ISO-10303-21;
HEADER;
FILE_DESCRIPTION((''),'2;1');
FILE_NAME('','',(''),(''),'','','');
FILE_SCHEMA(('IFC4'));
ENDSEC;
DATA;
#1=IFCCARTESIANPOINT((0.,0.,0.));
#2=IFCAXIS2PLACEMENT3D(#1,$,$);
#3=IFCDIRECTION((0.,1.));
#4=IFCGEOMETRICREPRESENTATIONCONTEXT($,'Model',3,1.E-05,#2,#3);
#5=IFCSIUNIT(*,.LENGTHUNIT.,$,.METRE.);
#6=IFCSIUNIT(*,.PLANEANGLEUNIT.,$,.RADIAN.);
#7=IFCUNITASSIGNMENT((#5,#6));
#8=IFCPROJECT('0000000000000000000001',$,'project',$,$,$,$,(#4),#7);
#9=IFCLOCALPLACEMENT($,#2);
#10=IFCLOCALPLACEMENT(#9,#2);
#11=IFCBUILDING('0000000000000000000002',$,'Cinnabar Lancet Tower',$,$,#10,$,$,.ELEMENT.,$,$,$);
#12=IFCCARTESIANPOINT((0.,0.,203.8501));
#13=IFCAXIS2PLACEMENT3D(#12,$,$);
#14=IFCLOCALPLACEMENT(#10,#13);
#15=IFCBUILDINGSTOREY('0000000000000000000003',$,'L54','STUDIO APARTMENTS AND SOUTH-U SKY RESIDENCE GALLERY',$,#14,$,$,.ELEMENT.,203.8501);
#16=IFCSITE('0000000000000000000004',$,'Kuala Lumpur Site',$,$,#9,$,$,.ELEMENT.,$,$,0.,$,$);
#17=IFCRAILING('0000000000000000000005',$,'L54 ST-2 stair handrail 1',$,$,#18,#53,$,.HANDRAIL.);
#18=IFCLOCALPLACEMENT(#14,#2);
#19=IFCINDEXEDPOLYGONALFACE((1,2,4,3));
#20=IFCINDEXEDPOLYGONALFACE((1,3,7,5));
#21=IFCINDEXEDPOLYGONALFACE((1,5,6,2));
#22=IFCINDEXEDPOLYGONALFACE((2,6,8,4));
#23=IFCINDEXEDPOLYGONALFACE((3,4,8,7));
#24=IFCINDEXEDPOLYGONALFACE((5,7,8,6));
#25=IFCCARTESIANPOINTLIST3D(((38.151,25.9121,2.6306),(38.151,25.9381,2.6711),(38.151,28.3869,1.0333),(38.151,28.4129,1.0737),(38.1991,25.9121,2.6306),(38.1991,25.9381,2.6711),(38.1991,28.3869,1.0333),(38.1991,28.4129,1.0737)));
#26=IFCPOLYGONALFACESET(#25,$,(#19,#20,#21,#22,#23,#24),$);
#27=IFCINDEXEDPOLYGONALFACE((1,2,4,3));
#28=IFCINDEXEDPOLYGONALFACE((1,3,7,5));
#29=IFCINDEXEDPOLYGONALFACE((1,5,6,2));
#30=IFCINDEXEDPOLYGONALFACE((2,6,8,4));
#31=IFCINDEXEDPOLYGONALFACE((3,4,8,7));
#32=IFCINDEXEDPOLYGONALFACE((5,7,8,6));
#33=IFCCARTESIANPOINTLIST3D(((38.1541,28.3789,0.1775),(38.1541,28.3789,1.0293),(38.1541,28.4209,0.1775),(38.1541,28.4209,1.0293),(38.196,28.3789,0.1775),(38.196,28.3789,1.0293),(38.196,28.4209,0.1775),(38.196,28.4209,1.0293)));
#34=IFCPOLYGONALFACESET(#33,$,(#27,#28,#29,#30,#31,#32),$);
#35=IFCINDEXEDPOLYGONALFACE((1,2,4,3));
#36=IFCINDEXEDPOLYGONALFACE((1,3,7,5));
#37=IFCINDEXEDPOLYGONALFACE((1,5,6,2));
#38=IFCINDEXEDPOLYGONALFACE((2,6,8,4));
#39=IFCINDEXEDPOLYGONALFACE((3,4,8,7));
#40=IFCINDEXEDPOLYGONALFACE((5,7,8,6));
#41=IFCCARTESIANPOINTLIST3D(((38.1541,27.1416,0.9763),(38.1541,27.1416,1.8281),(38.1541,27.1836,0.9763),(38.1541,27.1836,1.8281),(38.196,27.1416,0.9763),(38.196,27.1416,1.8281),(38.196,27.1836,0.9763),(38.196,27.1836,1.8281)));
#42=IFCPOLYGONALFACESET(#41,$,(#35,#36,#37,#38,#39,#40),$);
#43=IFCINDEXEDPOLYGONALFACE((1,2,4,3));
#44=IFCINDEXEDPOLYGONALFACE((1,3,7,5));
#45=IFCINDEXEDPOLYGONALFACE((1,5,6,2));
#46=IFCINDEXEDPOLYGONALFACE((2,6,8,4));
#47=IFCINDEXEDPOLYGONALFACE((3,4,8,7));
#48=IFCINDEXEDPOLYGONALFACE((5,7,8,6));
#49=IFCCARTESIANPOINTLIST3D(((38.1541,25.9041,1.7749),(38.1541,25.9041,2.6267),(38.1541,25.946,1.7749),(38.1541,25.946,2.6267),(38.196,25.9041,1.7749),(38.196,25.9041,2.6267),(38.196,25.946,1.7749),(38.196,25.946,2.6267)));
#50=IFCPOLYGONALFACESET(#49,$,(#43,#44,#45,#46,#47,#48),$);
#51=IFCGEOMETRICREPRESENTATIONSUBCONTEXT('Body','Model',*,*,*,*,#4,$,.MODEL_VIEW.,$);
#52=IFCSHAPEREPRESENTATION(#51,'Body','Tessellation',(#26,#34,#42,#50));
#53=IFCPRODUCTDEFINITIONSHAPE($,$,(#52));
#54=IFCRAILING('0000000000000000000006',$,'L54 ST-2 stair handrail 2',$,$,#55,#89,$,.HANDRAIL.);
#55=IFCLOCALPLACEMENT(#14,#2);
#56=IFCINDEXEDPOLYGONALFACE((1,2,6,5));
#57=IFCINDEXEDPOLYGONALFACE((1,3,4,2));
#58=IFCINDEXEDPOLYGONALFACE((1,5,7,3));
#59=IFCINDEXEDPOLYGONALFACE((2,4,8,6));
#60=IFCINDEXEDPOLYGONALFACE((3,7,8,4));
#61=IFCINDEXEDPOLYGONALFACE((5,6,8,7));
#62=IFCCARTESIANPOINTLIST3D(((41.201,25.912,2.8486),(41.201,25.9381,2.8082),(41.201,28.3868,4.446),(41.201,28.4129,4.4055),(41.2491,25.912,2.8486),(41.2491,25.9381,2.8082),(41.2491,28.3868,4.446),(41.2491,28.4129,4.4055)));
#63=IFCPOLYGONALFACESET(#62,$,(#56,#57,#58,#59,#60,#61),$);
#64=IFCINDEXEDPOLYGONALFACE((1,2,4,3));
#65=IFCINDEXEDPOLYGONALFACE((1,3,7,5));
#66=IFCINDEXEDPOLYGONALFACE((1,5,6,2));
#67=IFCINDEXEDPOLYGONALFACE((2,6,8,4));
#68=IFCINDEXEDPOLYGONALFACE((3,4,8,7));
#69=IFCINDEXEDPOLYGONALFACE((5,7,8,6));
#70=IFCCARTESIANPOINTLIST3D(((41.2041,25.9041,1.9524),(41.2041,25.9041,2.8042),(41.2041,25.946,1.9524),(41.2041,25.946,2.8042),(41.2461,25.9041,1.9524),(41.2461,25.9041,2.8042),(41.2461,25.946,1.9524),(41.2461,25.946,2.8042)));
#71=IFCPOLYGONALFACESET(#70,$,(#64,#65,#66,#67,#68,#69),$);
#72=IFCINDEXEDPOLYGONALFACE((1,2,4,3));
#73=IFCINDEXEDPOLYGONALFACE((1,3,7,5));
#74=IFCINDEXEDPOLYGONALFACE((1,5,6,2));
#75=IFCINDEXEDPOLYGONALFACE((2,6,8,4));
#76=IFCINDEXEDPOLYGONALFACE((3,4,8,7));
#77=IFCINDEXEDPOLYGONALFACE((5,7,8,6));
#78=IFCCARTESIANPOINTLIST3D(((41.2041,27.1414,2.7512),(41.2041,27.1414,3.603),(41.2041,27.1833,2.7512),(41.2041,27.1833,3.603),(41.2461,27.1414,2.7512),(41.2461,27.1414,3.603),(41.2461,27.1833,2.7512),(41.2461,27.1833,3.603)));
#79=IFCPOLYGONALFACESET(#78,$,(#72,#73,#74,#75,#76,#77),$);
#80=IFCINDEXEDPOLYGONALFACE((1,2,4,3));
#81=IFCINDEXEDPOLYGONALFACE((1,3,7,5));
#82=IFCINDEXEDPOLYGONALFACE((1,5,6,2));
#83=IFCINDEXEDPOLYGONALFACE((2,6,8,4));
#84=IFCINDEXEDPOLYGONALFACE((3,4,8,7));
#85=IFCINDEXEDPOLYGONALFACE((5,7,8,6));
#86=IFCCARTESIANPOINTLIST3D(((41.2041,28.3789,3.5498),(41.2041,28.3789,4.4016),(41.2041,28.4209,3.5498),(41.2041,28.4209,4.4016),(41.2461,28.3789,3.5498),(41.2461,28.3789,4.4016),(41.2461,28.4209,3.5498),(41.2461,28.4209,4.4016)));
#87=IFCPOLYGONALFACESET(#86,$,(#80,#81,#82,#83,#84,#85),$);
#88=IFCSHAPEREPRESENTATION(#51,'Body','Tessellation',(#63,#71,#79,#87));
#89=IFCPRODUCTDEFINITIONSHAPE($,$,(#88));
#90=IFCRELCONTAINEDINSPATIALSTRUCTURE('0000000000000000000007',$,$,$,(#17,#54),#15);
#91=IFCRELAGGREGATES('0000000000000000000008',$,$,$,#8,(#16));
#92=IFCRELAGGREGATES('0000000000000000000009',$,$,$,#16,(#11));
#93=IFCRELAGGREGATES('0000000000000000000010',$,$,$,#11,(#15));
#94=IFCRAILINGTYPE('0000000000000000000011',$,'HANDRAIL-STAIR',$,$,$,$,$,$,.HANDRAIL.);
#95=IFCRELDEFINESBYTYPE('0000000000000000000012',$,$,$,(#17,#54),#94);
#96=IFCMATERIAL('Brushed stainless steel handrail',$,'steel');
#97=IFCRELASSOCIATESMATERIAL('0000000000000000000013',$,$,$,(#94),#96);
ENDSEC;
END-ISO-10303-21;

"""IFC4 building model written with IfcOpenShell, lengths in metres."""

from ifc_helpers import new_model, si_unit, direction, frame, origin, origin_2d, place, context, subcontext, project, spatial, rectangle, extrude, material, type_object, element, save


model = new_model("IFC4")

# Units and contexts
model_context = context("Model", 3, precision=1e-05, world=origin(), true_north=direction((0.0, 1.0)))
body_context = subcontext(model_context, "Body", "Model", "MODEL_VIEW")
ifc_project = project(units=[si_unit("LENGTHUNIT", "METRE"), si_unit("PLANEANGLEUNIT", "RADIAN")], contexts=[model_context])

# Site, building, storey
site_placement = place(None, origin())
site = spatial("IfcSite", under=ifc_project, at=site_placement, Name="Kuala Lumpur Site", CompositionType="ELEMENT", RefElevation=0.0)
building_placement = place(site_placement, origin())
building = spatial("IfcBuilding", under=site, at=building_placement, Name="Cinnabar Lancet Tower", CompositionType="ELEMENT")
storey_placement = place(building_placement, frame((0.0, 0.0, 203.8501)))
storey = spatial("IfcBuildingStorey", under=building, at=storey_placement, Name="L54", Description="STUDIO APARTMENTS AND SOUTH-U SKY RESIDENCE GALLERY", CompositionType="ELEMENT", Elevation=203.8501)

# Railings
ifc_material_1 = material(Name="Brushed stainless steel handrail", Category="steel")
railing_type_1 = type_object("IfcRailingType", Name="HANDRAIL-STAIR", PredefinedType="HANDRAIL", material=ifc_material_1)
railing_1_placement = place(storey_placement, frame((38.175, 28.3999, 0.1775)))
element("IfcRailing", 1, at=railing_1_placement, inside=storey, type_object=railing_type_1, Name="L54 ST-2 stair handrail 1", PredefinedType="HANDRAIL", context=body_context, shape_type="SweptSolid", body=[
    extrude(rectangle(XDim=0.0481, YDim=0.0481, at=origin_2d()), frame((0.0, 0.0, 0.876), z_axis=(0.0, -0.840183, 0.542302), x_axis=(1.0, 0.0, 0.0)), (0.0, 0.0, 1.0), 2.9456),
    extrude(rectangle(XDim=0.042, YDim=0.042, at=origin_2d()), origin(), (0.0, 0.0, 1.0), 0.8518),
    extrude(rectangle(XDim=0.042, YDim=0.042, at=origin_2d()), frame((0.0, -1.2373, 0.7988)), (0.0, 0.0, 1.0), 0.8518),
    extrude(rectangle(XDim=0.042, YDim=0.042, at=origin_2d()), frame((0.0, -2.4749, 1.5974)), (0.0, 0.0, 1.0), 0.8518),
])
railing_2_placement = place(storey_placement, frame((41.2251, 25.925, 1.9524)))
element("IfcRailing", 2, at=railing_2_placement, inside=storey, type_object=railing_type_1, Name="L54 ST-2 stair handrail 2", PredefinedType="HANDRAIL", context=body_context, shape_type="SweptSolid", body=[
    extrude(rectangle(XDim=0.0481, YDim=0.0481, at=origin_2d()), frame((0.0, 0.0, 0.876), z_axis=(0.0, 0.840183, 0.542302), x_axis=(-1.0, 0.0, 0.0)), (0.0, 0.0, 1.0), 2.9456),
    extrude(rectangle(XDim=0.042, YDim=0.042, at=origin_2d()), origin(), (0.0, 0.0, 1.0), 0.8518),
    extrude(rectangle(XDim=0.042, YDim=0.042, at=origin_2d()), frame((0.0, 1.2373, 0.7988)), (0.0, 0.0, 1.0), 0.8518),
    extrude(rectangle(XDim=0.042, YDim=0.042, at=origin_2d()), frame((0.0, 2.4749, 1.5974)), (0.0, 0.0, 1.0), 0.8518),
])

save(model, "model.ifc")
